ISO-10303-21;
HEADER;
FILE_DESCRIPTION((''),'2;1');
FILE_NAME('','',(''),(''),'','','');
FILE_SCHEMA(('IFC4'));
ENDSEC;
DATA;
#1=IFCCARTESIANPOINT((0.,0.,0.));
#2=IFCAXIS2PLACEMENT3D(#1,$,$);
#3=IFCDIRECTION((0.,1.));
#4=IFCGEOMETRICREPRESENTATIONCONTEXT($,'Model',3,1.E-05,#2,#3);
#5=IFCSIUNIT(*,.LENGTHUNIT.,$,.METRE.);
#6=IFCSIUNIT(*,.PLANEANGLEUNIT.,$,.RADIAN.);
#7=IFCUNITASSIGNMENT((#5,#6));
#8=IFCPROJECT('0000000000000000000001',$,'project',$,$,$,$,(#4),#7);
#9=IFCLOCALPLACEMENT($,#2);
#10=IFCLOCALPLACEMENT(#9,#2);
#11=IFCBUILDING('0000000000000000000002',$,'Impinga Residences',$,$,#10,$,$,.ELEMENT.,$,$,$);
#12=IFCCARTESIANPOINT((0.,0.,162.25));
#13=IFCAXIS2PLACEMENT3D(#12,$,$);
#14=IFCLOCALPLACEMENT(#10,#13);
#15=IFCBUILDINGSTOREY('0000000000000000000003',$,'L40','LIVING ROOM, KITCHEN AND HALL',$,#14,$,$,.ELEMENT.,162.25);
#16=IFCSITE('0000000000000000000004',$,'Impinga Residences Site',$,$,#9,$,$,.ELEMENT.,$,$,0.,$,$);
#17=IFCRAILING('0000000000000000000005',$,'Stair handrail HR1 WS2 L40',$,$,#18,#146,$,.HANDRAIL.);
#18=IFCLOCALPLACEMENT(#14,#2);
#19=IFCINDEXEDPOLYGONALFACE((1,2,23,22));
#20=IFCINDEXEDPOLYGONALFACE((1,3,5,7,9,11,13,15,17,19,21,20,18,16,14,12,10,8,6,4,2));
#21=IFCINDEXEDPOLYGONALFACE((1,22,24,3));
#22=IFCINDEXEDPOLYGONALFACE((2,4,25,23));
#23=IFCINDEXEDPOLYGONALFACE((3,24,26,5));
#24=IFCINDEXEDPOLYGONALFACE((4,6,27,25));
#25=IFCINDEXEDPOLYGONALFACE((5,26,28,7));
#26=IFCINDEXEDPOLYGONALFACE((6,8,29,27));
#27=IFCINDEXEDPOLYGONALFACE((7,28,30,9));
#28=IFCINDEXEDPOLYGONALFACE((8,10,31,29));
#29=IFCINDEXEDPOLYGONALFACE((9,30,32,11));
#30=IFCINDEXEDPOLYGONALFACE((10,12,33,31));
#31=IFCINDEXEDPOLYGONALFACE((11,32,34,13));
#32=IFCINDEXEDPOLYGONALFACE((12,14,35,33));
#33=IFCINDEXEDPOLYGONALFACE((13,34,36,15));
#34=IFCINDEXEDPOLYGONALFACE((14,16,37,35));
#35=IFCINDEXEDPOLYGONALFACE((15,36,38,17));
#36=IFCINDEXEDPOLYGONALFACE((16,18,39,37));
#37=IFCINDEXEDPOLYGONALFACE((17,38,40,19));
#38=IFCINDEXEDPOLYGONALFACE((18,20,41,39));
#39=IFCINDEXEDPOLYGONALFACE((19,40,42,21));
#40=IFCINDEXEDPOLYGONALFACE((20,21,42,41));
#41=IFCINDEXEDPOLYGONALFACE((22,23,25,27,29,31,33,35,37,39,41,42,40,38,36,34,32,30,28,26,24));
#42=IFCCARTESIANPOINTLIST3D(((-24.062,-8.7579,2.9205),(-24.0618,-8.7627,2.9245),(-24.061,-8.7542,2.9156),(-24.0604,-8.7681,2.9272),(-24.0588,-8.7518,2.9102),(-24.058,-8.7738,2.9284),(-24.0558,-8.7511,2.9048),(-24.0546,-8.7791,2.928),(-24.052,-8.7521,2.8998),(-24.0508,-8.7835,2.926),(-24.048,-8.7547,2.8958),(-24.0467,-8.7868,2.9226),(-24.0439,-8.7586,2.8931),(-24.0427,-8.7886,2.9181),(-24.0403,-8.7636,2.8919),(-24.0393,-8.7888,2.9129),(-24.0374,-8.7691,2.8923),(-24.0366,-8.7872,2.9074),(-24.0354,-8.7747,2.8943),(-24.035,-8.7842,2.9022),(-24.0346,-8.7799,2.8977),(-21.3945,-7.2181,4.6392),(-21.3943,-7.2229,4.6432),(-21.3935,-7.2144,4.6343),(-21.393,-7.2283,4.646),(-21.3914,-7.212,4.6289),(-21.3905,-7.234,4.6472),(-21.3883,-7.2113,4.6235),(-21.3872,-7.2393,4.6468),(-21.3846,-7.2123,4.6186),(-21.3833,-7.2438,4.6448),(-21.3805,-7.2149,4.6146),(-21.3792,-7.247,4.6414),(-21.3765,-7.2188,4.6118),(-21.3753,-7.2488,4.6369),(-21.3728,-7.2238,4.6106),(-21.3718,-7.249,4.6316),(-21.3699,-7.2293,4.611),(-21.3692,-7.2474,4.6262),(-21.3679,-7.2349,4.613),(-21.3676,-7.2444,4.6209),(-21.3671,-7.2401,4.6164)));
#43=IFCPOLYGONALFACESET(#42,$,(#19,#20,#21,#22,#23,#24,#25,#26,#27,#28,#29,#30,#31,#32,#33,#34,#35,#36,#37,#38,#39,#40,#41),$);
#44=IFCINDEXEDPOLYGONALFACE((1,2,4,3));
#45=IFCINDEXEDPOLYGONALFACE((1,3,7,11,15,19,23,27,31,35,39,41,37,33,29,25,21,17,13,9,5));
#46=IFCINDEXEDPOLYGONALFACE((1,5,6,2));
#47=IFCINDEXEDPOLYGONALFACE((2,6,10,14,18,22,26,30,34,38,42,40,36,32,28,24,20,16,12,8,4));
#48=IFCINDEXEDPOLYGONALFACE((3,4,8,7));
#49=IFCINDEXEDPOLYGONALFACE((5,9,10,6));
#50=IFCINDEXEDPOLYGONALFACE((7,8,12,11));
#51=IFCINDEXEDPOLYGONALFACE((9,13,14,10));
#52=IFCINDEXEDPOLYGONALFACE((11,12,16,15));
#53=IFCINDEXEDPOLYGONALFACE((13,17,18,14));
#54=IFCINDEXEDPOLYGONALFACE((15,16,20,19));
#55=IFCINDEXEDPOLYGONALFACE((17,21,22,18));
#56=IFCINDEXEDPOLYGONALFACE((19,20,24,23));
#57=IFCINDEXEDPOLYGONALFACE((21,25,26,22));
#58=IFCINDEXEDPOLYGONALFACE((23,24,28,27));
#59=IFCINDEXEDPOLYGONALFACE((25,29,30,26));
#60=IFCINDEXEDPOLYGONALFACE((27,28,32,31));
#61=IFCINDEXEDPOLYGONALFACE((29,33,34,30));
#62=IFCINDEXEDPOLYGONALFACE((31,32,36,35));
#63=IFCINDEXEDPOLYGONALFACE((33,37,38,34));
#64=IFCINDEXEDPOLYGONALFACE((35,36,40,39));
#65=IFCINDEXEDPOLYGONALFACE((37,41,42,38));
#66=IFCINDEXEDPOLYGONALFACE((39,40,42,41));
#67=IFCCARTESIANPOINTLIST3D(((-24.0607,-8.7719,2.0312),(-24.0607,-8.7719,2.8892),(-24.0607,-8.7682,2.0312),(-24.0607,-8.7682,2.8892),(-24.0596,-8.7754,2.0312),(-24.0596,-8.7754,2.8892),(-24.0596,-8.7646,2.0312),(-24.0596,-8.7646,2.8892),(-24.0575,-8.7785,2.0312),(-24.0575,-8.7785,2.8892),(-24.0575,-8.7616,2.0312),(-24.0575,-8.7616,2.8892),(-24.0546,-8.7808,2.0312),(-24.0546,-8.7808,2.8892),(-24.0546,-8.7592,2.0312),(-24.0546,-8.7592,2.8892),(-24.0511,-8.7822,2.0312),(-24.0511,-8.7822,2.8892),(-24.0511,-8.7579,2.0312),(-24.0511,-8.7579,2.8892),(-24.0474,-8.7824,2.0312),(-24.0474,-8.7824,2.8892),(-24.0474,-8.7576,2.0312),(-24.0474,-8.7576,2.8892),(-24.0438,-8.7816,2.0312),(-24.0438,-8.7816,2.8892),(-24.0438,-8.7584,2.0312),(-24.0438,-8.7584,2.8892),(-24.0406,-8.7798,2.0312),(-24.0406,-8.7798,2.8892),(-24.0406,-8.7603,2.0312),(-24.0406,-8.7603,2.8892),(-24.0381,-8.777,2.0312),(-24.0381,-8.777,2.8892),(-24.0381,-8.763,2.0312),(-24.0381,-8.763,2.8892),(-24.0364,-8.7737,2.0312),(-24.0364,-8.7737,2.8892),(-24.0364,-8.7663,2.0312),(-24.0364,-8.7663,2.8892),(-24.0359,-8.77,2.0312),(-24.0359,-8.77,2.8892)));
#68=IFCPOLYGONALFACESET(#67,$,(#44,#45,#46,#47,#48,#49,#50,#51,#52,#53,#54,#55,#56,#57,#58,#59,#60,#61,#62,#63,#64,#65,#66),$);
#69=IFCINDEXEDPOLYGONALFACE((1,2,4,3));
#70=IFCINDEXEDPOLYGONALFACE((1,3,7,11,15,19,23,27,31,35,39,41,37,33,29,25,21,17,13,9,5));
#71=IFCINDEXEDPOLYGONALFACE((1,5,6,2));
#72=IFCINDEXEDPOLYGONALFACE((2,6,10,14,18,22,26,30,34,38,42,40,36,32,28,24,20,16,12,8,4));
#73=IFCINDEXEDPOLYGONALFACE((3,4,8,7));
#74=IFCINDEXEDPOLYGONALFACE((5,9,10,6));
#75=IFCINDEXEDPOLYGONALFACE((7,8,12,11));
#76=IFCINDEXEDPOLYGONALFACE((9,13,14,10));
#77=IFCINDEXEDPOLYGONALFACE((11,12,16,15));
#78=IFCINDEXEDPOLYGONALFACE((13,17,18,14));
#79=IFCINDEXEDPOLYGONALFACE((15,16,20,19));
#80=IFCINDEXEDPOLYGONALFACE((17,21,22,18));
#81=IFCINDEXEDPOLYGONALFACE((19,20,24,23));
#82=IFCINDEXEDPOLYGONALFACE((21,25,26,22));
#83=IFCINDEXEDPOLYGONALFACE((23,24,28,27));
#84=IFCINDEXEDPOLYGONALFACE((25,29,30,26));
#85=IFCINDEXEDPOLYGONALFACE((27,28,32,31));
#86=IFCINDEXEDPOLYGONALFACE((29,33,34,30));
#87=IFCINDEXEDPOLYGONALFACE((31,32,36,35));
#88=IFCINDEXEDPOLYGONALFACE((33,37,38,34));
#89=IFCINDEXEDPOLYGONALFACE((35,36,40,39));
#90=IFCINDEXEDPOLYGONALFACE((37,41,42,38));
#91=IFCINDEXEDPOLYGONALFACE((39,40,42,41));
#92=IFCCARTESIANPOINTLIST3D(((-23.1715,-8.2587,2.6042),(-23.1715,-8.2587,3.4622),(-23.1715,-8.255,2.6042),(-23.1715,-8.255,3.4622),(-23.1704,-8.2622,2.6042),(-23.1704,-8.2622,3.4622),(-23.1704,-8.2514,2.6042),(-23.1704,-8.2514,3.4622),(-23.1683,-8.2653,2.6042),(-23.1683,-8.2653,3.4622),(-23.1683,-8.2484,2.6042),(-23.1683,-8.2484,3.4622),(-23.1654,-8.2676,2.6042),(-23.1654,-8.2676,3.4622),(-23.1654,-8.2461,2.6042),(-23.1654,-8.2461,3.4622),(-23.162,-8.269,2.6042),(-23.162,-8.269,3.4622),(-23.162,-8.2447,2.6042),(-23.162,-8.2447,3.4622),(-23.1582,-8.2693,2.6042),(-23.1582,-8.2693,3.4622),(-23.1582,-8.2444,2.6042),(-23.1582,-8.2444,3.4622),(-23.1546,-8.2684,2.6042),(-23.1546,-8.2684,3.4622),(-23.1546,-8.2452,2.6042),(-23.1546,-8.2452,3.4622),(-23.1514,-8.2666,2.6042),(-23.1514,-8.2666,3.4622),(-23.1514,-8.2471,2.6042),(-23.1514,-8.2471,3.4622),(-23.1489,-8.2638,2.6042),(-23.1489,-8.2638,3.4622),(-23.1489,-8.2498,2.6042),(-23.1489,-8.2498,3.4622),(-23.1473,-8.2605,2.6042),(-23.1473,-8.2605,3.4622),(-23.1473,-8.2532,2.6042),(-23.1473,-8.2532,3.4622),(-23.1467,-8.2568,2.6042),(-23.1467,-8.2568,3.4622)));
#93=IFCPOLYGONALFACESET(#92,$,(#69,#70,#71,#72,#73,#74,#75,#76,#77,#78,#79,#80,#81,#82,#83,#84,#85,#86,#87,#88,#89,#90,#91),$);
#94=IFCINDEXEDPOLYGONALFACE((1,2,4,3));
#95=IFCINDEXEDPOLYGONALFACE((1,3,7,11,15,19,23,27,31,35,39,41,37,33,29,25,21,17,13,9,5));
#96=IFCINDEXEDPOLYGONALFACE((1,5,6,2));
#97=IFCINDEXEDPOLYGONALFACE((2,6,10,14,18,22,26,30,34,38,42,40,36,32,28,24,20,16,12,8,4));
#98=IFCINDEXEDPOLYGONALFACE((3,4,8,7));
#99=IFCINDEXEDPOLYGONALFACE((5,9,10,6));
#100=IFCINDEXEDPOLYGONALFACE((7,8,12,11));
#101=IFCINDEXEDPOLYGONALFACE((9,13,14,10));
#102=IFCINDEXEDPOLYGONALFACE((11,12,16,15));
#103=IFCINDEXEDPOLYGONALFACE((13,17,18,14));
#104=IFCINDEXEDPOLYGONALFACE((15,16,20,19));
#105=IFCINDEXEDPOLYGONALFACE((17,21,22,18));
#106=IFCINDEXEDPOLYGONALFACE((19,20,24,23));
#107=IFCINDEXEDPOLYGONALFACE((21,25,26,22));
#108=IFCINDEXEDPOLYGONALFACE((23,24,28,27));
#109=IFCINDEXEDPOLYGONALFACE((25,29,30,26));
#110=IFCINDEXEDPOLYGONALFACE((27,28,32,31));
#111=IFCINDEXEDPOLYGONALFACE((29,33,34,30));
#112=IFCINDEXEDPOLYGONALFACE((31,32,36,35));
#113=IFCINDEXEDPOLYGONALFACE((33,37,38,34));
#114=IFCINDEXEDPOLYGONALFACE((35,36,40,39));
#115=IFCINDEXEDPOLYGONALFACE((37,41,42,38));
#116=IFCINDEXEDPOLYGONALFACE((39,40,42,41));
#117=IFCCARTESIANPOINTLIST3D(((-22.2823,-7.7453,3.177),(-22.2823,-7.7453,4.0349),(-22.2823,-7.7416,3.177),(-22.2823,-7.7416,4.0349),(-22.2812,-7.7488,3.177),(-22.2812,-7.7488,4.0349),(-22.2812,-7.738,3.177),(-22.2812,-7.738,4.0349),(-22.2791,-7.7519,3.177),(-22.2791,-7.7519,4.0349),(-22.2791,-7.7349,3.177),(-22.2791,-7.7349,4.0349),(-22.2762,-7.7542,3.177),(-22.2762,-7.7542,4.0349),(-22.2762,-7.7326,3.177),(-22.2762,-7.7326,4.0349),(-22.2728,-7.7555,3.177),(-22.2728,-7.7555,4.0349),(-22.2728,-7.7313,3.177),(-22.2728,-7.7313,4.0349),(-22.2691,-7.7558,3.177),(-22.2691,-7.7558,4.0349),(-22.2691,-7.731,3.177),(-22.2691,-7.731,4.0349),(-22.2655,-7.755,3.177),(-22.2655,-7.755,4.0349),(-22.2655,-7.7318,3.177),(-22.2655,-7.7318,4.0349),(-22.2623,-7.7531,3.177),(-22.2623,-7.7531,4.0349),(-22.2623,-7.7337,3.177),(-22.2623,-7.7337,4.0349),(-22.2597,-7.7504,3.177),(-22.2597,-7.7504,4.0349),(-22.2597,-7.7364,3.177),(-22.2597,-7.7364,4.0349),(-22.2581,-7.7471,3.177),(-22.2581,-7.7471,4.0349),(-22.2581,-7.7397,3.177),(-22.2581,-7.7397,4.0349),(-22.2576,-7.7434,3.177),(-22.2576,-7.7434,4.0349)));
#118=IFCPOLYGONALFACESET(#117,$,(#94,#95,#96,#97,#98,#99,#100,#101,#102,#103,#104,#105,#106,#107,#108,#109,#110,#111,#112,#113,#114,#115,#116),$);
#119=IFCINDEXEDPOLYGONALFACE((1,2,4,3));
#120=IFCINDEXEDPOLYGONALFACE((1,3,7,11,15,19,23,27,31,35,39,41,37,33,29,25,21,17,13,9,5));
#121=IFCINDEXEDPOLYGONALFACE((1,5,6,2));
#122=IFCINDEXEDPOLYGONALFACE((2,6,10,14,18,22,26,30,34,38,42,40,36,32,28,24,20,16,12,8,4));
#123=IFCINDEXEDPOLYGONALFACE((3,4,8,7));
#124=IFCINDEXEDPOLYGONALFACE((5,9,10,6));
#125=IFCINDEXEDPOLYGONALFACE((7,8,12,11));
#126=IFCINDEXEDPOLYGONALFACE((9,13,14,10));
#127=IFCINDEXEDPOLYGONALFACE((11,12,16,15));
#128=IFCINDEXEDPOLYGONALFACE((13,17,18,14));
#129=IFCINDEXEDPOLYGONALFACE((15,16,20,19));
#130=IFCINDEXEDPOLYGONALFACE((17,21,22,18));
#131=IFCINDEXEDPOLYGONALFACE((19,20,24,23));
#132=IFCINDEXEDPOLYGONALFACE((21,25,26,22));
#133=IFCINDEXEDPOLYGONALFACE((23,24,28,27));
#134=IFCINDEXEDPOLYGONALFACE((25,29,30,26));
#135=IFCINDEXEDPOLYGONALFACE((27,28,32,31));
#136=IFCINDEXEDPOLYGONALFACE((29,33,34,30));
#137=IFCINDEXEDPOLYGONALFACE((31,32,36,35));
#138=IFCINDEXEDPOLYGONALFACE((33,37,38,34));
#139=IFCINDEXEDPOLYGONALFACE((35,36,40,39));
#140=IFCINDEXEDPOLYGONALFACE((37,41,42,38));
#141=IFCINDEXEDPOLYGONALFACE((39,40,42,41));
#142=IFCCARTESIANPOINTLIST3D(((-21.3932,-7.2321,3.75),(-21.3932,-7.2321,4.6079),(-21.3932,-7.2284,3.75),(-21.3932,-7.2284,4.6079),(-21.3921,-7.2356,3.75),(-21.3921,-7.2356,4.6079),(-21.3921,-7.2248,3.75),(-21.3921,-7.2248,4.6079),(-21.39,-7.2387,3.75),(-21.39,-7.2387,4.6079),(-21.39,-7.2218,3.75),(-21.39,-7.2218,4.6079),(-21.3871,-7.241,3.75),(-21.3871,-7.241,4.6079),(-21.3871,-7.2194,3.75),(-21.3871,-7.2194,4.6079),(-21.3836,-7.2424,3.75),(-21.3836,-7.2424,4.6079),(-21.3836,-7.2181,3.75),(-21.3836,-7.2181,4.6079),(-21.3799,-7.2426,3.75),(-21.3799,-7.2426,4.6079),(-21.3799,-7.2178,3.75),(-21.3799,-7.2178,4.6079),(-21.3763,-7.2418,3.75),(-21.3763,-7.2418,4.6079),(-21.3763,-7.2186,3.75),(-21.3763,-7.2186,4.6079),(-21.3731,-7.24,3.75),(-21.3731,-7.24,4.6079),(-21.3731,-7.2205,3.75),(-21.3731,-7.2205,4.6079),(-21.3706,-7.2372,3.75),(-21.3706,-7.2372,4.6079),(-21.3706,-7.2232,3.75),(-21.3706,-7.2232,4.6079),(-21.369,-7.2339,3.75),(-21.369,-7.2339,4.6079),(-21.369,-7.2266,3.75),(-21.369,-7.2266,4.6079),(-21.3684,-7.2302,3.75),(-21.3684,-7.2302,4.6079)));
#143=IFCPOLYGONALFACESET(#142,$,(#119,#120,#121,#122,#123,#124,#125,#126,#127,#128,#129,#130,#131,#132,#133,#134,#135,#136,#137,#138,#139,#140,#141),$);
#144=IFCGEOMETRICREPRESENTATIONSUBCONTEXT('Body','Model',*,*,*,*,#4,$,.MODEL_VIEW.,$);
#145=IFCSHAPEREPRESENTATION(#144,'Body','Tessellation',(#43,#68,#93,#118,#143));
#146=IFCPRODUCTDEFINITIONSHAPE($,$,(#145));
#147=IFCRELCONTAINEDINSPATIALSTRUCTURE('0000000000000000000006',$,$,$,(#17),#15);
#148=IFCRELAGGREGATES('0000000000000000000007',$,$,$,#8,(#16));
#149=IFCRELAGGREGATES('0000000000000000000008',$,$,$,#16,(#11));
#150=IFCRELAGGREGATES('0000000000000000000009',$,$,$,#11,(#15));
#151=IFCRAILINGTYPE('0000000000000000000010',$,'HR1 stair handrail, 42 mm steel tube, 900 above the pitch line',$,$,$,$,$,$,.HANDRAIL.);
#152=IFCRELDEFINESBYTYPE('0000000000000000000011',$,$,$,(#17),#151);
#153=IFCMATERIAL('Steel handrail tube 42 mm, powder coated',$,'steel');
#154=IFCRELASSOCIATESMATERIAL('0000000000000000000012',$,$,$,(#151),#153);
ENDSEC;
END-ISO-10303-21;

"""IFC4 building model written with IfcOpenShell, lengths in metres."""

from ifc_helpers import new_model, si_unit, direction, frame, origin, origin_2d, place, context, subcontext, project, spatial, circle, extrude, material, type_object, element, save


model = new_model("IFC4")

# Units and contexts
model_context = context("Model", 3, precision=1e-05, world=origin(), true_north=direction((0.0, 1.0)))
body_context = subcontext(model_context, "Body", "Model", "MODEL_VIEW")
ifc_project = project(units=[si_unit("LENGTHUNIT", "METRE"), si_unit("PLANEANGLEUNIT", "RADIAN")], contexts=[model_context])

# Site, building, storey
site_placement = place(None, origin())
site = spatial("IfcSite", under=ifc_project, at=site_placement, Name="Impinga Residences Site", CompositionType="ELEMENT", RefElevation=0.0)
building_placement = place(site_placement, origin())
building = spatial("IfcBuilding", under=site, at=building_placement, Name="Impinga Residences", CompositionType="ELEMENT")
storey_placement = place(building_placement, frame((0.0, 0.0, 162.25)))
storey = spatial("IfcBuildingStorey", under=building, at=storey_placement, Name="L40", Description="LIVING ROOM, KITCHEN AND HALL", CompositionType="ELEMENT", Elevation=162.25)

# Railing
ifc_material_1 = material(Name="Steel handrail tube 42 mm, powder coated", Category="steel")
railing_type_1 = type_object("IfcRailingType", Name="HR1 stair handrail, 42 mm steel tube, 900 above the pitch line", PredefinedType="HANDRAIL", material=ifc_material_1)
railing_1_placement = place(storey_placement, frame((-24.0483, -8.77, 2.0312)))
element("IfcRailing", 1, at=railing_1_placement, inside=storey, type_object=railing_type_1, Name="Stair handrail HR1 WS2 L40", PredefinedType="HANDRAIL", context=body_context, shape_type="SweptSolid", body=[
    extrude(circle(Radius=0.021, at=origin_2d()), frame((0.0, 0.0, 0.8789), z_axis=(0.756279, 0.43656, 0.487297), x_axis=(-0.499933, 0.866064, 0.0)), (0.0, 0.0, 1.0), 3.5271),
    extrude(circle(Radius=0.0125, at=origin_2d()), origin(), (0.0, 0.0, 1.0), 0.8579),
    extrude(circle(Radius=0.0125, at=origin_2d()), frame((0.8892, 0.5132, 0.573)), (0.0, 0.0, 1.0), 0.8579),
    extrude(circle(Radius=0.0125, at=origin_2d()), frame((1.7783, 1.0266, 1.1458)), (0.0, 0.0, 1.0), 0.8579),
    extrude(circle(Radius=0.0125, at=origin_2d()), frame((2.6675, 1.5398, 1.7188)), (0.0, 0.0, 1.0), 0.8579),
])

save(model, "model.ifc")
